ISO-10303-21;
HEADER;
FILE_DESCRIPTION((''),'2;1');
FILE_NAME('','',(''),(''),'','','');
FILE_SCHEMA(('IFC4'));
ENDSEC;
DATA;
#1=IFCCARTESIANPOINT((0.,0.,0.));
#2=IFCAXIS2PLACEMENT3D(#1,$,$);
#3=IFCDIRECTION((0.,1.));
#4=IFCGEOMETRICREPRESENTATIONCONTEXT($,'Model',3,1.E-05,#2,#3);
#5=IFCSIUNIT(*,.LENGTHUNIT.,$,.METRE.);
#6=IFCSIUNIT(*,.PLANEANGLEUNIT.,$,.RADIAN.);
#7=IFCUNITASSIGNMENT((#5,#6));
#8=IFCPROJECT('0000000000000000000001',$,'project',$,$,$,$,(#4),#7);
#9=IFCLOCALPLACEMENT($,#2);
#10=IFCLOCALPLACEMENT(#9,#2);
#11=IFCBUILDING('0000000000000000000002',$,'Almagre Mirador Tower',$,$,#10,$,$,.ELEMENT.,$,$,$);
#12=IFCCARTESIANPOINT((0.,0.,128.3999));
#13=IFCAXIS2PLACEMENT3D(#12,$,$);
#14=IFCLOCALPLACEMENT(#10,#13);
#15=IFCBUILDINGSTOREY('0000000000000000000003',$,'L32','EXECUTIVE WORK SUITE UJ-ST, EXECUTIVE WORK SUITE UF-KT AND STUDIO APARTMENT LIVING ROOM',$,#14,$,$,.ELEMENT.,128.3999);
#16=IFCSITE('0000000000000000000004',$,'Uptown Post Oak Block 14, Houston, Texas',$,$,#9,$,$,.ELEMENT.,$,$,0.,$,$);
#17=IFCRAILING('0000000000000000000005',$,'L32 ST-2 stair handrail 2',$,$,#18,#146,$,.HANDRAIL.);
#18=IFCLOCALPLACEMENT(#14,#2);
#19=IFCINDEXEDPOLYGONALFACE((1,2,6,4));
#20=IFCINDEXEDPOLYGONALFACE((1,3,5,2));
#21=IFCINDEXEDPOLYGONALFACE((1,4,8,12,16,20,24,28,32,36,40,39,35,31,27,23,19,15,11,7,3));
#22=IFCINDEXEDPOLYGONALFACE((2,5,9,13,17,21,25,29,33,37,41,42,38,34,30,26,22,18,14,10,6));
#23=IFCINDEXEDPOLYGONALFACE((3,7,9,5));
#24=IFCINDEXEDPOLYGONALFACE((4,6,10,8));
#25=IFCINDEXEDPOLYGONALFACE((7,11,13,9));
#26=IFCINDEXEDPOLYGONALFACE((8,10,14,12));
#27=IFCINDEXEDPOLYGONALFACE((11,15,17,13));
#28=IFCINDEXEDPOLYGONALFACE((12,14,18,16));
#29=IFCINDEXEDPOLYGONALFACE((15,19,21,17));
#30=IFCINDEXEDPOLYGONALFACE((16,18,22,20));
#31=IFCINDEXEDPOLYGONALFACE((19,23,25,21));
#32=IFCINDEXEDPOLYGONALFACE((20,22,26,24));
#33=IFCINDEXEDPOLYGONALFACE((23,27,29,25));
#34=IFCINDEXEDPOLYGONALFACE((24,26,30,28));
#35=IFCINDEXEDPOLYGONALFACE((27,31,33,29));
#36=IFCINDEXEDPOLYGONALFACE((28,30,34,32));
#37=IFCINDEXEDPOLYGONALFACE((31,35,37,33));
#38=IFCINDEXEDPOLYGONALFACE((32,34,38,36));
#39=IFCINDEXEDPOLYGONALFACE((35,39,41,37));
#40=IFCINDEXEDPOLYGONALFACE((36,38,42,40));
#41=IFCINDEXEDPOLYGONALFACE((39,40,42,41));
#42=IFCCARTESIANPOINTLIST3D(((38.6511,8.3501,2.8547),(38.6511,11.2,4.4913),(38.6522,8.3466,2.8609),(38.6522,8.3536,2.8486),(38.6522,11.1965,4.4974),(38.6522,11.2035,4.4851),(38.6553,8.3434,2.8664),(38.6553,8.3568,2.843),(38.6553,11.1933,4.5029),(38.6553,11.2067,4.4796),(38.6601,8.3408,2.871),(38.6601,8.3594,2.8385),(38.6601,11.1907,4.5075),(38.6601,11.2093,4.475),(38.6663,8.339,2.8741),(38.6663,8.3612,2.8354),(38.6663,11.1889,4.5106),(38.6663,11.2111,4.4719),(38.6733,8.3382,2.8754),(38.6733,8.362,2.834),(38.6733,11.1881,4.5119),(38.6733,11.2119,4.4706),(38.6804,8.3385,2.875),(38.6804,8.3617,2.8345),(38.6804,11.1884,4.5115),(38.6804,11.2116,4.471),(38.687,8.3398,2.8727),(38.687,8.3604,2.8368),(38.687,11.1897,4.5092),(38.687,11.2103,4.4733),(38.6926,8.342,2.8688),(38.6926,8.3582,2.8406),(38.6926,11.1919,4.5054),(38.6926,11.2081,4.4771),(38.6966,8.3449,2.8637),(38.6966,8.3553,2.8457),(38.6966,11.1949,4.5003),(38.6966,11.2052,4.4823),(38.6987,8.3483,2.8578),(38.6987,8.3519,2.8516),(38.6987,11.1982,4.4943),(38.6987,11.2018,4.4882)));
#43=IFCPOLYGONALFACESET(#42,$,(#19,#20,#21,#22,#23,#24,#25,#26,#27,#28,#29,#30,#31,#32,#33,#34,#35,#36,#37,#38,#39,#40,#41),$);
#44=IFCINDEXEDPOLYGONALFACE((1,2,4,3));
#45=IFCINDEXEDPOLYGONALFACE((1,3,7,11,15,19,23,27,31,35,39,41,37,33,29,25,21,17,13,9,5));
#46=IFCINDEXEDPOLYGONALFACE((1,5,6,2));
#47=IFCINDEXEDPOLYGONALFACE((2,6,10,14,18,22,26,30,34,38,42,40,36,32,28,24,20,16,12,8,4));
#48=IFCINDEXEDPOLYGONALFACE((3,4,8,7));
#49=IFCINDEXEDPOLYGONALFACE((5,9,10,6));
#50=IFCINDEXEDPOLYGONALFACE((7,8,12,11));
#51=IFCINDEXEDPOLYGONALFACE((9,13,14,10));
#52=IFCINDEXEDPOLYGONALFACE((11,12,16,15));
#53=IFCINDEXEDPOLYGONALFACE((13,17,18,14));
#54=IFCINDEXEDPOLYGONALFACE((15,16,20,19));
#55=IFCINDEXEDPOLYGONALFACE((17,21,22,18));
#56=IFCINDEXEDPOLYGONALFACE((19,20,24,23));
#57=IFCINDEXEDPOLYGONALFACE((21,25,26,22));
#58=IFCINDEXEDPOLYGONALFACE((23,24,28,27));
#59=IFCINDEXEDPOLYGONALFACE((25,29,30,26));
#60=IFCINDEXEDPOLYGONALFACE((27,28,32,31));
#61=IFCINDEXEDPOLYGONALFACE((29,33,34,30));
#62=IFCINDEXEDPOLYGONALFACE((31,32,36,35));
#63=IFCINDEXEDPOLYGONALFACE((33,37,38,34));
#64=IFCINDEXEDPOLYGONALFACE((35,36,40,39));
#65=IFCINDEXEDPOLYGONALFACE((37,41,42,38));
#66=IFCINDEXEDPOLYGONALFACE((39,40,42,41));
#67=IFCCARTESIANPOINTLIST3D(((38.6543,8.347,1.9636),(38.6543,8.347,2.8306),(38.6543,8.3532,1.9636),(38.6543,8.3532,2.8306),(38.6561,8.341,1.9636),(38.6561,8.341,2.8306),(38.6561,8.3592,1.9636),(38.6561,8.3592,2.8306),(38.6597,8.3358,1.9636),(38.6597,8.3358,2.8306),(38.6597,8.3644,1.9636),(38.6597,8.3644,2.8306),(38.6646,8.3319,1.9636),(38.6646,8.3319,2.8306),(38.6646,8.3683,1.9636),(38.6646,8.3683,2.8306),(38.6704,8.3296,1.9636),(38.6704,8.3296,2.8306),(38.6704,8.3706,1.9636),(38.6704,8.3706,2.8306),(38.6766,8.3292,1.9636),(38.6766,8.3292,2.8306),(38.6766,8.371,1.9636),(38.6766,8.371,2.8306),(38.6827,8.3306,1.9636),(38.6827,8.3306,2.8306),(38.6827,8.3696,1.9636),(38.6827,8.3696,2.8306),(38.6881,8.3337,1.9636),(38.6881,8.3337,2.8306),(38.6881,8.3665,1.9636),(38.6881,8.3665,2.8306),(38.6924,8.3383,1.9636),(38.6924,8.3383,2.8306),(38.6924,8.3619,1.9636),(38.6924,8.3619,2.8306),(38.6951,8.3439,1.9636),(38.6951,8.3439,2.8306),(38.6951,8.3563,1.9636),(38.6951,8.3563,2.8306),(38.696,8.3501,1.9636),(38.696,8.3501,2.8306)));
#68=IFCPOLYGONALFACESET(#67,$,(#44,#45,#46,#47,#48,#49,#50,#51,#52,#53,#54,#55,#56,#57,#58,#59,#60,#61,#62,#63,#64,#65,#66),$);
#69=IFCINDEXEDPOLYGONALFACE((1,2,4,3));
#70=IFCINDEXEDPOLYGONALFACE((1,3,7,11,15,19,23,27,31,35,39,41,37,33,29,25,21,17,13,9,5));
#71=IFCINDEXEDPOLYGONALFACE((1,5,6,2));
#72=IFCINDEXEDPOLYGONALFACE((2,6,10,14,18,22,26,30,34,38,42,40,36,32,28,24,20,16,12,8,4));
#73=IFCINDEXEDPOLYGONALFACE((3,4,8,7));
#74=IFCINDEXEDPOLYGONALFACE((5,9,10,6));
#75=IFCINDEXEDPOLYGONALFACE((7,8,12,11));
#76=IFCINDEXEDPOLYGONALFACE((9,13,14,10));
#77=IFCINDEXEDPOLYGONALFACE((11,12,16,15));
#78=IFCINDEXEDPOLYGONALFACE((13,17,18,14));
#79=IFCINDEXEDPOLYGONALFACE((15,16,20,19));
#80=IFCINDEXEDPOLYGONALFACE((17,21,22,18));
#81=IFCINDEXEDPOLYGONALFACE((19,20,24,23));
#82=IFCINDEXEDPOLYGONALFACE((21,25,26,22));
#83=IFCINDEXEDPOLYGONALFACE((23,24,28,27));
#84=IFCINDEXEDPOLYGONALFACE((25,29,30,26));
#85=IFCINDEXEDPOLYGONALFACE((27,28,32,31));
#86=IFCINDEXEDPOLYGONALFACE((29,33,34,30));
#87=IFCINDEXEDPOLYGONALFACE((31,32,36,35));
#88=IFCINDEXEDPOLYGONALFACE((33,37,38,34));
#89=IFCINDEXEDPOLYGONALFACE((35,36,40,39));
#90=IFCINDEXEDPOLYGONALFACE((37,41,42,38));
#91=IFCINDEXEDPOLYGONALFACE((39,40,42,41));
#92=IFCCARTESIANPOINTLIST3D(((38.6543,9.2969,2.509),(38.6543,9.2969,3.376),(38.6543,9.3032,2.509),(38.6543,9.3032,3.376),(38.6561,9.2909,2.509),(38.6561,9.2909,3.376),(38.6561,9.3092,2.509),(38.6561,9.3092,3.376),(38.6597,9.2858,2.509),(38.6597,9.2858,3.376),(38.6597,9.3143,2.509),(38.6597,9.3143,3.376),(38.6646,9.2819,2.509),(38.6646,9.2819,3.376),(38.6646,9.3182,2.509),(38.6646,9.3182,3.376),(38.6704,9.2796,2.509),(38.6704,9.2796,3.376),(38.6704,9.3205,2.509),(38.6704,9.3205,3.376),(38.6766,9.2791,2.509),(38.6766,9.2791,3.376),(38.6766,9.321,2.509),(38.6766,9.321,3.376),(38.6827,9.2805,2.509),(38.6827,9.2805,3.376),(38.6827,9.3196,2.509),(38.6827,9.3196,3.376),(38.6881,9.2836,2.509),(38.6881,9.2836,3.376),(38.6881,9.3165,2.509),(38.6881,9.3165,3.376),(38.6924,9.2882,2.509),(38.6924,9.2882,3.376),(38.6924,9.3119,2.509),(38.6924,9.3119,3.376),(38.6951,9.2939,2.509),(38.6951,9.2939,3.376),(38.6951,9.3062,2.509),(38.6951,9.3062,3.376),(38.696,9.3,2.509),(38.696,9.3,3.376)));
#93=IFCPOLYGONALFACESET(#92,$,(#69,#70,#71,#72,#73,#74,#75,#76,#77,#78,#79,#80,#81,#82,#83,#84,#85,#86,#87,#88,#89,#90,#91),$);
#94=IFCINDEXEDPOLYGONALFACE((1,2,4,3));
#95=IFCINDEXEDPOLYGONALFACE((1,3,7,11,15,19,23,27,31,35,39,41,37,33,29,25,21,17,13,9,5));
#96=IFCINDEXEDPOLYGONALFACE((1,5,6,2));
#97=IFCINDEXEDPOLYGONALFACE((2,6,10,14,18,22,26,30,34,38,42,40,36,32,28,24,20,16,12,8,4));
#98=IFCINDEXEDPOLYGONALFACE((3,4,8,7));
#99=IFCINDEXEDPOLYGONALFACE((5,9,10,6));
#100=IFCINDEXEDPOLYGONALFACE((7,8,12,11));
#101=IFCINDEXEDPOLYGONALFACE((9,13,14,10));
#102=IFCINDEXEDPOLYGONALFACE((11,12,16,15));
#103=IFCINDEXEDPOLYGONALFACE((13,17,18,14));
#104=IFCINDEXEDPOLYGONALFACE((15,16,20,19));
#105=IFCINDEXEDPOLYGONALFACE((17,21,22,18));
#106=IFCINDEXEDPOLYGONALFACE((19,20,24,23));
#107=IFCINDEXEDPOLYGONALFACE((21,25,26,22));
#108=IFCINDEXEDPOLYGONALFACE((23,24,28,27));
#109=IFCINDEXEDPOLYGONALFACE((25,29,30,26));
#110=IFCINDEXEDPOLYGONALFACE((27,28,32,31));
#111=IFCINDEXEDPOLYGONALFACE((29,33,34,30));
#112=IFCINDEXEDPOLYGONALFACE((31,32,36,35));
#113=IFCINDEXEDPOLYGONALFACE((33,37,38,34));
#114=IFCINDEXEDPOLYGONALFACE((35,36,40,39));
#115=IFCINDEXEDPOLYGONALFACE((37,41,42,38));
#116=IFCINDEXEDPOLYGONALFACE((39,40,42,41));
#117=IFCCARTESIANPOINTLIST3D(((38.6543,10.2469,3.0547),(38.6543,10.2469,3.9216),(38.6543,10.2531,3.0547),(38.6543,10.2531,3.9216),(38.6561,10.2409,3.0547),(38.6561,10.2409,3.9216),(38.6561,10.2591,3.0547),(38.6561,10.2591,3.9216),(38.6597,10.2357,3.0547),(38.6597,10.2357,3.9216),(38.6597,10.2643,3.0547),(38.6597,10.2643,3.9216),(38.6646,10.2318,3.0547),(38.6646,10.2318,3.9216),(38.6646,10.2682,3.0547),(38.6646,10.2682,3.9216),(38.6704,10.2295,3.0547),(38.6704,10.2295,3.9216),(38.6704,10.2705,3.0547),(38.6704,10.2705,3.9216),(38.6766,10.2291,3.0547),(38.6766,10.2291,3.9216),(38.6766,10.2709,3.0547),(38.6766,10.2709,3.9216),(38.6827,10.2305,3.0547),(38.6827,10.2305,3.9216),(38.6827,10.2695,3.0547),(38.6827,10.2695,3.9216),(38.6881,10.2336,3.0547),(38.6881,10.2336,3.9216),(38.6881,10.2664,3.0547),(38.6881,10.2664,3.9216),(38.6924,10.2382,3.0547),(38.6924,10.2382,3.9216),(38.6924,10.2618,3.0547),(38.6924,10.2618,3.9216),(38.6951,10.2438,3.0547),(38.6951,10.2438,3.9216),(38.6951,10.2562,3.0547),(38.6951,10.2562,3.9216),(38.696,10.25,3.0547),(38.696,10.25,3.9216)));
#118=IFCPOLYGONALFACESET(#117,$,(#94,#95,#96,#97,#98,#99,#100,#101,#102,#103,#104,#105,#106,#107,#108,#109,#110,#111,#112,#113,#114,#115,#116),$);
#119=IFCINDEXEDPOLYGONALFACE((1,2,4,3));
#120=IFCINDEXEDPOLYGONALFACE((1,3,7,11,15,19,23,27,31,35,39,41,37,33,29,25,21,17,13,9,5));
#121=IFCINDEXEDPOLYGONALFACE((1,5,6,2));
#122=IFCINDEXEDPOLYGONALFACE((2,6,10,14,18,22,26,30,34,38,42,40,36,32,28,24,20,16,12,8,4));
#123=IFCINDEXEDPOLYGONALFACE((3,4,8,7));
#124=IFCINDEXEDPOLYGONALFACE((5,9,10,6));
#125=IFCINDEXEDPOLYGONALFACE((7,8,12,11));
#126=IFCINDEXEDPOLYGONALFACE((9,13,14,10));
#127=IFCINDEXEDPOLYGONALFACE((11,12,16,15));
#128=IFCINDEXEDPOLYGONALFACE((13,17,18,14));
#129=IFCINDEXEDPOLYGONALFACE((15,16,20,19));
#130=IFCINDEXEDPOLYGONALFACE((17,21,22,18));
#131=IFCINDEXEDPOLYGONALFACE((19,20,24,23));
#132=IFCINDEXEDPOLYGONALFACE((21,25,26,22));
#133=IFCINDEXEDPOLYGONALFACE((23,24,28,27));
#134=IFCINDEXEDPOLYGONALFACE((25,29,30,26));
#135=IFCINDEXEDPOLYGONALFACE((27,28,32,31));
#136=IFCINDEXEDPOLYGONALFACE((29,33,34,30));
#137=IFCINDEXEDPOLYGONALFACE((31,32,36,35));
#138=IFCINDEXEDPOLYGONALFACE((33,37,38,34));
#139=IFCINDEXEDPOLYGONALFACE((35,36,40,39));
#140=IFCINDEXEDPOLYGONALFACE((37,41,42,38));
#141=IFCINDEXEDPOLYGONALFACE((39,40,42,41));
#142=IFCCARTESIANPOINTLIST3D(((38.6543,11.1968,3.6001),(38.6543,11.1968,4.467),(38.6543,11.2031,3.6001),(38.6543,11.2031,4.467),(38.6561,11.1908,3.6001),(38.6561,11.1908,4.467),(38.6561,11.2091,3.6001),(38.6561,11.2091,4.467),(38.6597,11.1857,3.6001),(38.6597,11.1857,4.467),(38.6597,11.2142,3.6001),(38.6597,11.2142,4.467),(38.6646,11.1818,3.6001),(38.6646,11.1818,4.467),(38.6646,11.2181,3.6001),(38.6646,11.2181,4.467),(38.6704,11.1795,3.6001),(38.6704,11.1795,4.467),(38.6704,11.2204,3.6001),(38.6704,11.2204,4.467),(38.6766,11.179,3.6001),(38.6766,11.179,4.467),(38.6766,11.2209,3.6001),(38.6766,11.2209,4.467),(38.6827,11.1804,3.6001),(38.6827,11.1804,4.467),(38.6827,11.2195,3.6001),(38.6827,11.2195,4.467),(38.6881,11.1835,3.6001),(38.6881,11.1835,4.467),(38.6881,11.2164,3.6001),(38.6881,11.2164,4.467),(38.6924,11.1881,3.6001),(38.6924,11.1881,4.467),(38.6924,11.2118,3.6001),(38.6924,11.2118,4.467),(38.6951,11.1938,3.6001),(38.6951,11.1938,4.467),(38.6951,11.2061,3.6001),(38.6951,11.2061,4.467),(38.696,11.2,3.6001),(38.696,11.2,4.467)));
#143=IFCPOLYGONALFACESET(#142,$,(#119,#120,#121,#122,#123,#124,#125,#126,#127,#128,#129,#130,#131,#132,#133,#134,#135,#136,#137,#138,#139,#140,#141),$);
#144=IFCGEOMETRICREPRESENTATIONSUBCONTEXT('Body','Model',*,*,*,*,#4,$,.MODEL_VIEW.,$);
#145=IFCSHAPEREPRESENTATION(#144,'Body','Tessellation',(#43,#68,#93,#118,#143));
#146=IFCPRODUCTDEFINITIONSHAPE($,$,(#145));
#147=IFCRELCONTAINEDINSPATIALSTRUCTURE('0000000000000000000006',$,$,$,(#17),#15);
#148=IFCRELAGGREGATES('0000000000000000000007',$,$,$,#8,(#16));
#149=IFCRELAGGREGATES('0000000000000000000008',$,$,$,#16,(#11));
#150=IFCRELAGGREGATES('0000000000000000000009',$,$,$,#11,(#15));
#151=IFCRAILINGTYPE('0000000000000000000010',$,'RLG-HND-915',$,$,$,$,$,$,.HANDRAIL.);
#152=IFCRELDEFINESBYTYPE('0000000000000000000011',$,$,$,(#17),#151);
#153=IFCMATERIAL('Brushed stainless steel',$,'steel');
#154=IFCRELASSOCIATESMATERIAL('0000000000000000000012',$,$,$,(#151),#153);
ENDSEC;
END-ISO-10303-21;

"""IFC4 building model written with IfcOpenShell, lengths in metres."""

from ifc_helpers import new_model, si_unit, direction, frame, origin, origin_2d, place, context, subcontext, project, spatial, circle, extrude, material, type_object, element, save


model = new_model("IFC4")

# Units and contexts
model_context = context("Model", 3, precision=1e-05, world=origin(), true_north=direction((0.0, 1.0)))
body_context = subcontext(model_context, "Body", "Model", "MODEL_VIEW")
ifc_project = project(units=[si_unit("LENGTHUNIT", "METRE"), si_unit("PLANEANGLEUNIT", "RADIAN")], contexts=[model_context])

# Site, building, storey
site_placement = place(None, origin())
site = spatial("IfcSite", under=ifc_project, at=site_placement, Name="Uptown Post Oak Block 14, Houston, Texas", CompositionType="ELEMENT", RefElevation=0.0)
building_placement = place(site_placement, origin())
building = spatial("IfcBuilding", under=site, at=building_placement, Name="Almagre Mirador Tower", CompositionType="ELEMENT")
storey_placement = place(building_placement, frame((0.0, 0.0, 128.3999)))
storey = spatial("IfcBuildingStorey", under=building, at=storey_placement, Name="L32", Description="EXECUTIVE WORK SUITE UJ-ST, EXECUTIVE WORK SUITE UF-KT AND STUDIO APARTMENT LIVING ROOM", CompositionType="ELEMENT", Elevation=128.3999)

# Railing
ifc_material_1 = material(Name="Brushed stainless steel", Category="steel")
railing_type_1 = type_object("IfcRailingType", Name="RLG-HND-915", PredefinedType="HANDRAIL", material=ifc_material_1)
railing_1_placement = place(storey_placement, frame((38.675, 8.3501, 1.9636)))
element("IfcRailing", 1, at=railing_1_placement, inside=storey, type_object=railing_type_1, Name="L32 ST-2 stair handrail 2", PredefinedType="HANDRAIL", context=body_context, shape_type="SweptSolid", body=[
    extrude(circle(Radius=0.0239, at=origin_2d()), frame((0.0, 0.0, 0.8911), z_axis=(0.0, 0.867194, 0.49797), x_axis=(-1.0, 0.0, 0.0)), (0.0, 0.0, 1.0), 3.2864),
    extrude(circle(Radius=0.021, at=origin_2d()), origin(), (0.0, 0.0, 1.0), 0.8669),
    extrude(circle(Radius=0.021, at=origin_2d()), frame((0.0, 0.95, 0.5454)), (0.0, 0.0, 1.0), 0.8669),
    extrude(circle(Radius=0.021, at=origin_2d()), frame((0.0, 1.8999, 1.0911)), (0.0, 0.0, 1.0), 0.8669),
    extrude(circle(Radius=0.021, at=origin_2d()), frame((0.0, 2.8499, 1.6365)), (0.0, 0.0, 1.0), 0.8669),
])

save(model, "model.ifc")
